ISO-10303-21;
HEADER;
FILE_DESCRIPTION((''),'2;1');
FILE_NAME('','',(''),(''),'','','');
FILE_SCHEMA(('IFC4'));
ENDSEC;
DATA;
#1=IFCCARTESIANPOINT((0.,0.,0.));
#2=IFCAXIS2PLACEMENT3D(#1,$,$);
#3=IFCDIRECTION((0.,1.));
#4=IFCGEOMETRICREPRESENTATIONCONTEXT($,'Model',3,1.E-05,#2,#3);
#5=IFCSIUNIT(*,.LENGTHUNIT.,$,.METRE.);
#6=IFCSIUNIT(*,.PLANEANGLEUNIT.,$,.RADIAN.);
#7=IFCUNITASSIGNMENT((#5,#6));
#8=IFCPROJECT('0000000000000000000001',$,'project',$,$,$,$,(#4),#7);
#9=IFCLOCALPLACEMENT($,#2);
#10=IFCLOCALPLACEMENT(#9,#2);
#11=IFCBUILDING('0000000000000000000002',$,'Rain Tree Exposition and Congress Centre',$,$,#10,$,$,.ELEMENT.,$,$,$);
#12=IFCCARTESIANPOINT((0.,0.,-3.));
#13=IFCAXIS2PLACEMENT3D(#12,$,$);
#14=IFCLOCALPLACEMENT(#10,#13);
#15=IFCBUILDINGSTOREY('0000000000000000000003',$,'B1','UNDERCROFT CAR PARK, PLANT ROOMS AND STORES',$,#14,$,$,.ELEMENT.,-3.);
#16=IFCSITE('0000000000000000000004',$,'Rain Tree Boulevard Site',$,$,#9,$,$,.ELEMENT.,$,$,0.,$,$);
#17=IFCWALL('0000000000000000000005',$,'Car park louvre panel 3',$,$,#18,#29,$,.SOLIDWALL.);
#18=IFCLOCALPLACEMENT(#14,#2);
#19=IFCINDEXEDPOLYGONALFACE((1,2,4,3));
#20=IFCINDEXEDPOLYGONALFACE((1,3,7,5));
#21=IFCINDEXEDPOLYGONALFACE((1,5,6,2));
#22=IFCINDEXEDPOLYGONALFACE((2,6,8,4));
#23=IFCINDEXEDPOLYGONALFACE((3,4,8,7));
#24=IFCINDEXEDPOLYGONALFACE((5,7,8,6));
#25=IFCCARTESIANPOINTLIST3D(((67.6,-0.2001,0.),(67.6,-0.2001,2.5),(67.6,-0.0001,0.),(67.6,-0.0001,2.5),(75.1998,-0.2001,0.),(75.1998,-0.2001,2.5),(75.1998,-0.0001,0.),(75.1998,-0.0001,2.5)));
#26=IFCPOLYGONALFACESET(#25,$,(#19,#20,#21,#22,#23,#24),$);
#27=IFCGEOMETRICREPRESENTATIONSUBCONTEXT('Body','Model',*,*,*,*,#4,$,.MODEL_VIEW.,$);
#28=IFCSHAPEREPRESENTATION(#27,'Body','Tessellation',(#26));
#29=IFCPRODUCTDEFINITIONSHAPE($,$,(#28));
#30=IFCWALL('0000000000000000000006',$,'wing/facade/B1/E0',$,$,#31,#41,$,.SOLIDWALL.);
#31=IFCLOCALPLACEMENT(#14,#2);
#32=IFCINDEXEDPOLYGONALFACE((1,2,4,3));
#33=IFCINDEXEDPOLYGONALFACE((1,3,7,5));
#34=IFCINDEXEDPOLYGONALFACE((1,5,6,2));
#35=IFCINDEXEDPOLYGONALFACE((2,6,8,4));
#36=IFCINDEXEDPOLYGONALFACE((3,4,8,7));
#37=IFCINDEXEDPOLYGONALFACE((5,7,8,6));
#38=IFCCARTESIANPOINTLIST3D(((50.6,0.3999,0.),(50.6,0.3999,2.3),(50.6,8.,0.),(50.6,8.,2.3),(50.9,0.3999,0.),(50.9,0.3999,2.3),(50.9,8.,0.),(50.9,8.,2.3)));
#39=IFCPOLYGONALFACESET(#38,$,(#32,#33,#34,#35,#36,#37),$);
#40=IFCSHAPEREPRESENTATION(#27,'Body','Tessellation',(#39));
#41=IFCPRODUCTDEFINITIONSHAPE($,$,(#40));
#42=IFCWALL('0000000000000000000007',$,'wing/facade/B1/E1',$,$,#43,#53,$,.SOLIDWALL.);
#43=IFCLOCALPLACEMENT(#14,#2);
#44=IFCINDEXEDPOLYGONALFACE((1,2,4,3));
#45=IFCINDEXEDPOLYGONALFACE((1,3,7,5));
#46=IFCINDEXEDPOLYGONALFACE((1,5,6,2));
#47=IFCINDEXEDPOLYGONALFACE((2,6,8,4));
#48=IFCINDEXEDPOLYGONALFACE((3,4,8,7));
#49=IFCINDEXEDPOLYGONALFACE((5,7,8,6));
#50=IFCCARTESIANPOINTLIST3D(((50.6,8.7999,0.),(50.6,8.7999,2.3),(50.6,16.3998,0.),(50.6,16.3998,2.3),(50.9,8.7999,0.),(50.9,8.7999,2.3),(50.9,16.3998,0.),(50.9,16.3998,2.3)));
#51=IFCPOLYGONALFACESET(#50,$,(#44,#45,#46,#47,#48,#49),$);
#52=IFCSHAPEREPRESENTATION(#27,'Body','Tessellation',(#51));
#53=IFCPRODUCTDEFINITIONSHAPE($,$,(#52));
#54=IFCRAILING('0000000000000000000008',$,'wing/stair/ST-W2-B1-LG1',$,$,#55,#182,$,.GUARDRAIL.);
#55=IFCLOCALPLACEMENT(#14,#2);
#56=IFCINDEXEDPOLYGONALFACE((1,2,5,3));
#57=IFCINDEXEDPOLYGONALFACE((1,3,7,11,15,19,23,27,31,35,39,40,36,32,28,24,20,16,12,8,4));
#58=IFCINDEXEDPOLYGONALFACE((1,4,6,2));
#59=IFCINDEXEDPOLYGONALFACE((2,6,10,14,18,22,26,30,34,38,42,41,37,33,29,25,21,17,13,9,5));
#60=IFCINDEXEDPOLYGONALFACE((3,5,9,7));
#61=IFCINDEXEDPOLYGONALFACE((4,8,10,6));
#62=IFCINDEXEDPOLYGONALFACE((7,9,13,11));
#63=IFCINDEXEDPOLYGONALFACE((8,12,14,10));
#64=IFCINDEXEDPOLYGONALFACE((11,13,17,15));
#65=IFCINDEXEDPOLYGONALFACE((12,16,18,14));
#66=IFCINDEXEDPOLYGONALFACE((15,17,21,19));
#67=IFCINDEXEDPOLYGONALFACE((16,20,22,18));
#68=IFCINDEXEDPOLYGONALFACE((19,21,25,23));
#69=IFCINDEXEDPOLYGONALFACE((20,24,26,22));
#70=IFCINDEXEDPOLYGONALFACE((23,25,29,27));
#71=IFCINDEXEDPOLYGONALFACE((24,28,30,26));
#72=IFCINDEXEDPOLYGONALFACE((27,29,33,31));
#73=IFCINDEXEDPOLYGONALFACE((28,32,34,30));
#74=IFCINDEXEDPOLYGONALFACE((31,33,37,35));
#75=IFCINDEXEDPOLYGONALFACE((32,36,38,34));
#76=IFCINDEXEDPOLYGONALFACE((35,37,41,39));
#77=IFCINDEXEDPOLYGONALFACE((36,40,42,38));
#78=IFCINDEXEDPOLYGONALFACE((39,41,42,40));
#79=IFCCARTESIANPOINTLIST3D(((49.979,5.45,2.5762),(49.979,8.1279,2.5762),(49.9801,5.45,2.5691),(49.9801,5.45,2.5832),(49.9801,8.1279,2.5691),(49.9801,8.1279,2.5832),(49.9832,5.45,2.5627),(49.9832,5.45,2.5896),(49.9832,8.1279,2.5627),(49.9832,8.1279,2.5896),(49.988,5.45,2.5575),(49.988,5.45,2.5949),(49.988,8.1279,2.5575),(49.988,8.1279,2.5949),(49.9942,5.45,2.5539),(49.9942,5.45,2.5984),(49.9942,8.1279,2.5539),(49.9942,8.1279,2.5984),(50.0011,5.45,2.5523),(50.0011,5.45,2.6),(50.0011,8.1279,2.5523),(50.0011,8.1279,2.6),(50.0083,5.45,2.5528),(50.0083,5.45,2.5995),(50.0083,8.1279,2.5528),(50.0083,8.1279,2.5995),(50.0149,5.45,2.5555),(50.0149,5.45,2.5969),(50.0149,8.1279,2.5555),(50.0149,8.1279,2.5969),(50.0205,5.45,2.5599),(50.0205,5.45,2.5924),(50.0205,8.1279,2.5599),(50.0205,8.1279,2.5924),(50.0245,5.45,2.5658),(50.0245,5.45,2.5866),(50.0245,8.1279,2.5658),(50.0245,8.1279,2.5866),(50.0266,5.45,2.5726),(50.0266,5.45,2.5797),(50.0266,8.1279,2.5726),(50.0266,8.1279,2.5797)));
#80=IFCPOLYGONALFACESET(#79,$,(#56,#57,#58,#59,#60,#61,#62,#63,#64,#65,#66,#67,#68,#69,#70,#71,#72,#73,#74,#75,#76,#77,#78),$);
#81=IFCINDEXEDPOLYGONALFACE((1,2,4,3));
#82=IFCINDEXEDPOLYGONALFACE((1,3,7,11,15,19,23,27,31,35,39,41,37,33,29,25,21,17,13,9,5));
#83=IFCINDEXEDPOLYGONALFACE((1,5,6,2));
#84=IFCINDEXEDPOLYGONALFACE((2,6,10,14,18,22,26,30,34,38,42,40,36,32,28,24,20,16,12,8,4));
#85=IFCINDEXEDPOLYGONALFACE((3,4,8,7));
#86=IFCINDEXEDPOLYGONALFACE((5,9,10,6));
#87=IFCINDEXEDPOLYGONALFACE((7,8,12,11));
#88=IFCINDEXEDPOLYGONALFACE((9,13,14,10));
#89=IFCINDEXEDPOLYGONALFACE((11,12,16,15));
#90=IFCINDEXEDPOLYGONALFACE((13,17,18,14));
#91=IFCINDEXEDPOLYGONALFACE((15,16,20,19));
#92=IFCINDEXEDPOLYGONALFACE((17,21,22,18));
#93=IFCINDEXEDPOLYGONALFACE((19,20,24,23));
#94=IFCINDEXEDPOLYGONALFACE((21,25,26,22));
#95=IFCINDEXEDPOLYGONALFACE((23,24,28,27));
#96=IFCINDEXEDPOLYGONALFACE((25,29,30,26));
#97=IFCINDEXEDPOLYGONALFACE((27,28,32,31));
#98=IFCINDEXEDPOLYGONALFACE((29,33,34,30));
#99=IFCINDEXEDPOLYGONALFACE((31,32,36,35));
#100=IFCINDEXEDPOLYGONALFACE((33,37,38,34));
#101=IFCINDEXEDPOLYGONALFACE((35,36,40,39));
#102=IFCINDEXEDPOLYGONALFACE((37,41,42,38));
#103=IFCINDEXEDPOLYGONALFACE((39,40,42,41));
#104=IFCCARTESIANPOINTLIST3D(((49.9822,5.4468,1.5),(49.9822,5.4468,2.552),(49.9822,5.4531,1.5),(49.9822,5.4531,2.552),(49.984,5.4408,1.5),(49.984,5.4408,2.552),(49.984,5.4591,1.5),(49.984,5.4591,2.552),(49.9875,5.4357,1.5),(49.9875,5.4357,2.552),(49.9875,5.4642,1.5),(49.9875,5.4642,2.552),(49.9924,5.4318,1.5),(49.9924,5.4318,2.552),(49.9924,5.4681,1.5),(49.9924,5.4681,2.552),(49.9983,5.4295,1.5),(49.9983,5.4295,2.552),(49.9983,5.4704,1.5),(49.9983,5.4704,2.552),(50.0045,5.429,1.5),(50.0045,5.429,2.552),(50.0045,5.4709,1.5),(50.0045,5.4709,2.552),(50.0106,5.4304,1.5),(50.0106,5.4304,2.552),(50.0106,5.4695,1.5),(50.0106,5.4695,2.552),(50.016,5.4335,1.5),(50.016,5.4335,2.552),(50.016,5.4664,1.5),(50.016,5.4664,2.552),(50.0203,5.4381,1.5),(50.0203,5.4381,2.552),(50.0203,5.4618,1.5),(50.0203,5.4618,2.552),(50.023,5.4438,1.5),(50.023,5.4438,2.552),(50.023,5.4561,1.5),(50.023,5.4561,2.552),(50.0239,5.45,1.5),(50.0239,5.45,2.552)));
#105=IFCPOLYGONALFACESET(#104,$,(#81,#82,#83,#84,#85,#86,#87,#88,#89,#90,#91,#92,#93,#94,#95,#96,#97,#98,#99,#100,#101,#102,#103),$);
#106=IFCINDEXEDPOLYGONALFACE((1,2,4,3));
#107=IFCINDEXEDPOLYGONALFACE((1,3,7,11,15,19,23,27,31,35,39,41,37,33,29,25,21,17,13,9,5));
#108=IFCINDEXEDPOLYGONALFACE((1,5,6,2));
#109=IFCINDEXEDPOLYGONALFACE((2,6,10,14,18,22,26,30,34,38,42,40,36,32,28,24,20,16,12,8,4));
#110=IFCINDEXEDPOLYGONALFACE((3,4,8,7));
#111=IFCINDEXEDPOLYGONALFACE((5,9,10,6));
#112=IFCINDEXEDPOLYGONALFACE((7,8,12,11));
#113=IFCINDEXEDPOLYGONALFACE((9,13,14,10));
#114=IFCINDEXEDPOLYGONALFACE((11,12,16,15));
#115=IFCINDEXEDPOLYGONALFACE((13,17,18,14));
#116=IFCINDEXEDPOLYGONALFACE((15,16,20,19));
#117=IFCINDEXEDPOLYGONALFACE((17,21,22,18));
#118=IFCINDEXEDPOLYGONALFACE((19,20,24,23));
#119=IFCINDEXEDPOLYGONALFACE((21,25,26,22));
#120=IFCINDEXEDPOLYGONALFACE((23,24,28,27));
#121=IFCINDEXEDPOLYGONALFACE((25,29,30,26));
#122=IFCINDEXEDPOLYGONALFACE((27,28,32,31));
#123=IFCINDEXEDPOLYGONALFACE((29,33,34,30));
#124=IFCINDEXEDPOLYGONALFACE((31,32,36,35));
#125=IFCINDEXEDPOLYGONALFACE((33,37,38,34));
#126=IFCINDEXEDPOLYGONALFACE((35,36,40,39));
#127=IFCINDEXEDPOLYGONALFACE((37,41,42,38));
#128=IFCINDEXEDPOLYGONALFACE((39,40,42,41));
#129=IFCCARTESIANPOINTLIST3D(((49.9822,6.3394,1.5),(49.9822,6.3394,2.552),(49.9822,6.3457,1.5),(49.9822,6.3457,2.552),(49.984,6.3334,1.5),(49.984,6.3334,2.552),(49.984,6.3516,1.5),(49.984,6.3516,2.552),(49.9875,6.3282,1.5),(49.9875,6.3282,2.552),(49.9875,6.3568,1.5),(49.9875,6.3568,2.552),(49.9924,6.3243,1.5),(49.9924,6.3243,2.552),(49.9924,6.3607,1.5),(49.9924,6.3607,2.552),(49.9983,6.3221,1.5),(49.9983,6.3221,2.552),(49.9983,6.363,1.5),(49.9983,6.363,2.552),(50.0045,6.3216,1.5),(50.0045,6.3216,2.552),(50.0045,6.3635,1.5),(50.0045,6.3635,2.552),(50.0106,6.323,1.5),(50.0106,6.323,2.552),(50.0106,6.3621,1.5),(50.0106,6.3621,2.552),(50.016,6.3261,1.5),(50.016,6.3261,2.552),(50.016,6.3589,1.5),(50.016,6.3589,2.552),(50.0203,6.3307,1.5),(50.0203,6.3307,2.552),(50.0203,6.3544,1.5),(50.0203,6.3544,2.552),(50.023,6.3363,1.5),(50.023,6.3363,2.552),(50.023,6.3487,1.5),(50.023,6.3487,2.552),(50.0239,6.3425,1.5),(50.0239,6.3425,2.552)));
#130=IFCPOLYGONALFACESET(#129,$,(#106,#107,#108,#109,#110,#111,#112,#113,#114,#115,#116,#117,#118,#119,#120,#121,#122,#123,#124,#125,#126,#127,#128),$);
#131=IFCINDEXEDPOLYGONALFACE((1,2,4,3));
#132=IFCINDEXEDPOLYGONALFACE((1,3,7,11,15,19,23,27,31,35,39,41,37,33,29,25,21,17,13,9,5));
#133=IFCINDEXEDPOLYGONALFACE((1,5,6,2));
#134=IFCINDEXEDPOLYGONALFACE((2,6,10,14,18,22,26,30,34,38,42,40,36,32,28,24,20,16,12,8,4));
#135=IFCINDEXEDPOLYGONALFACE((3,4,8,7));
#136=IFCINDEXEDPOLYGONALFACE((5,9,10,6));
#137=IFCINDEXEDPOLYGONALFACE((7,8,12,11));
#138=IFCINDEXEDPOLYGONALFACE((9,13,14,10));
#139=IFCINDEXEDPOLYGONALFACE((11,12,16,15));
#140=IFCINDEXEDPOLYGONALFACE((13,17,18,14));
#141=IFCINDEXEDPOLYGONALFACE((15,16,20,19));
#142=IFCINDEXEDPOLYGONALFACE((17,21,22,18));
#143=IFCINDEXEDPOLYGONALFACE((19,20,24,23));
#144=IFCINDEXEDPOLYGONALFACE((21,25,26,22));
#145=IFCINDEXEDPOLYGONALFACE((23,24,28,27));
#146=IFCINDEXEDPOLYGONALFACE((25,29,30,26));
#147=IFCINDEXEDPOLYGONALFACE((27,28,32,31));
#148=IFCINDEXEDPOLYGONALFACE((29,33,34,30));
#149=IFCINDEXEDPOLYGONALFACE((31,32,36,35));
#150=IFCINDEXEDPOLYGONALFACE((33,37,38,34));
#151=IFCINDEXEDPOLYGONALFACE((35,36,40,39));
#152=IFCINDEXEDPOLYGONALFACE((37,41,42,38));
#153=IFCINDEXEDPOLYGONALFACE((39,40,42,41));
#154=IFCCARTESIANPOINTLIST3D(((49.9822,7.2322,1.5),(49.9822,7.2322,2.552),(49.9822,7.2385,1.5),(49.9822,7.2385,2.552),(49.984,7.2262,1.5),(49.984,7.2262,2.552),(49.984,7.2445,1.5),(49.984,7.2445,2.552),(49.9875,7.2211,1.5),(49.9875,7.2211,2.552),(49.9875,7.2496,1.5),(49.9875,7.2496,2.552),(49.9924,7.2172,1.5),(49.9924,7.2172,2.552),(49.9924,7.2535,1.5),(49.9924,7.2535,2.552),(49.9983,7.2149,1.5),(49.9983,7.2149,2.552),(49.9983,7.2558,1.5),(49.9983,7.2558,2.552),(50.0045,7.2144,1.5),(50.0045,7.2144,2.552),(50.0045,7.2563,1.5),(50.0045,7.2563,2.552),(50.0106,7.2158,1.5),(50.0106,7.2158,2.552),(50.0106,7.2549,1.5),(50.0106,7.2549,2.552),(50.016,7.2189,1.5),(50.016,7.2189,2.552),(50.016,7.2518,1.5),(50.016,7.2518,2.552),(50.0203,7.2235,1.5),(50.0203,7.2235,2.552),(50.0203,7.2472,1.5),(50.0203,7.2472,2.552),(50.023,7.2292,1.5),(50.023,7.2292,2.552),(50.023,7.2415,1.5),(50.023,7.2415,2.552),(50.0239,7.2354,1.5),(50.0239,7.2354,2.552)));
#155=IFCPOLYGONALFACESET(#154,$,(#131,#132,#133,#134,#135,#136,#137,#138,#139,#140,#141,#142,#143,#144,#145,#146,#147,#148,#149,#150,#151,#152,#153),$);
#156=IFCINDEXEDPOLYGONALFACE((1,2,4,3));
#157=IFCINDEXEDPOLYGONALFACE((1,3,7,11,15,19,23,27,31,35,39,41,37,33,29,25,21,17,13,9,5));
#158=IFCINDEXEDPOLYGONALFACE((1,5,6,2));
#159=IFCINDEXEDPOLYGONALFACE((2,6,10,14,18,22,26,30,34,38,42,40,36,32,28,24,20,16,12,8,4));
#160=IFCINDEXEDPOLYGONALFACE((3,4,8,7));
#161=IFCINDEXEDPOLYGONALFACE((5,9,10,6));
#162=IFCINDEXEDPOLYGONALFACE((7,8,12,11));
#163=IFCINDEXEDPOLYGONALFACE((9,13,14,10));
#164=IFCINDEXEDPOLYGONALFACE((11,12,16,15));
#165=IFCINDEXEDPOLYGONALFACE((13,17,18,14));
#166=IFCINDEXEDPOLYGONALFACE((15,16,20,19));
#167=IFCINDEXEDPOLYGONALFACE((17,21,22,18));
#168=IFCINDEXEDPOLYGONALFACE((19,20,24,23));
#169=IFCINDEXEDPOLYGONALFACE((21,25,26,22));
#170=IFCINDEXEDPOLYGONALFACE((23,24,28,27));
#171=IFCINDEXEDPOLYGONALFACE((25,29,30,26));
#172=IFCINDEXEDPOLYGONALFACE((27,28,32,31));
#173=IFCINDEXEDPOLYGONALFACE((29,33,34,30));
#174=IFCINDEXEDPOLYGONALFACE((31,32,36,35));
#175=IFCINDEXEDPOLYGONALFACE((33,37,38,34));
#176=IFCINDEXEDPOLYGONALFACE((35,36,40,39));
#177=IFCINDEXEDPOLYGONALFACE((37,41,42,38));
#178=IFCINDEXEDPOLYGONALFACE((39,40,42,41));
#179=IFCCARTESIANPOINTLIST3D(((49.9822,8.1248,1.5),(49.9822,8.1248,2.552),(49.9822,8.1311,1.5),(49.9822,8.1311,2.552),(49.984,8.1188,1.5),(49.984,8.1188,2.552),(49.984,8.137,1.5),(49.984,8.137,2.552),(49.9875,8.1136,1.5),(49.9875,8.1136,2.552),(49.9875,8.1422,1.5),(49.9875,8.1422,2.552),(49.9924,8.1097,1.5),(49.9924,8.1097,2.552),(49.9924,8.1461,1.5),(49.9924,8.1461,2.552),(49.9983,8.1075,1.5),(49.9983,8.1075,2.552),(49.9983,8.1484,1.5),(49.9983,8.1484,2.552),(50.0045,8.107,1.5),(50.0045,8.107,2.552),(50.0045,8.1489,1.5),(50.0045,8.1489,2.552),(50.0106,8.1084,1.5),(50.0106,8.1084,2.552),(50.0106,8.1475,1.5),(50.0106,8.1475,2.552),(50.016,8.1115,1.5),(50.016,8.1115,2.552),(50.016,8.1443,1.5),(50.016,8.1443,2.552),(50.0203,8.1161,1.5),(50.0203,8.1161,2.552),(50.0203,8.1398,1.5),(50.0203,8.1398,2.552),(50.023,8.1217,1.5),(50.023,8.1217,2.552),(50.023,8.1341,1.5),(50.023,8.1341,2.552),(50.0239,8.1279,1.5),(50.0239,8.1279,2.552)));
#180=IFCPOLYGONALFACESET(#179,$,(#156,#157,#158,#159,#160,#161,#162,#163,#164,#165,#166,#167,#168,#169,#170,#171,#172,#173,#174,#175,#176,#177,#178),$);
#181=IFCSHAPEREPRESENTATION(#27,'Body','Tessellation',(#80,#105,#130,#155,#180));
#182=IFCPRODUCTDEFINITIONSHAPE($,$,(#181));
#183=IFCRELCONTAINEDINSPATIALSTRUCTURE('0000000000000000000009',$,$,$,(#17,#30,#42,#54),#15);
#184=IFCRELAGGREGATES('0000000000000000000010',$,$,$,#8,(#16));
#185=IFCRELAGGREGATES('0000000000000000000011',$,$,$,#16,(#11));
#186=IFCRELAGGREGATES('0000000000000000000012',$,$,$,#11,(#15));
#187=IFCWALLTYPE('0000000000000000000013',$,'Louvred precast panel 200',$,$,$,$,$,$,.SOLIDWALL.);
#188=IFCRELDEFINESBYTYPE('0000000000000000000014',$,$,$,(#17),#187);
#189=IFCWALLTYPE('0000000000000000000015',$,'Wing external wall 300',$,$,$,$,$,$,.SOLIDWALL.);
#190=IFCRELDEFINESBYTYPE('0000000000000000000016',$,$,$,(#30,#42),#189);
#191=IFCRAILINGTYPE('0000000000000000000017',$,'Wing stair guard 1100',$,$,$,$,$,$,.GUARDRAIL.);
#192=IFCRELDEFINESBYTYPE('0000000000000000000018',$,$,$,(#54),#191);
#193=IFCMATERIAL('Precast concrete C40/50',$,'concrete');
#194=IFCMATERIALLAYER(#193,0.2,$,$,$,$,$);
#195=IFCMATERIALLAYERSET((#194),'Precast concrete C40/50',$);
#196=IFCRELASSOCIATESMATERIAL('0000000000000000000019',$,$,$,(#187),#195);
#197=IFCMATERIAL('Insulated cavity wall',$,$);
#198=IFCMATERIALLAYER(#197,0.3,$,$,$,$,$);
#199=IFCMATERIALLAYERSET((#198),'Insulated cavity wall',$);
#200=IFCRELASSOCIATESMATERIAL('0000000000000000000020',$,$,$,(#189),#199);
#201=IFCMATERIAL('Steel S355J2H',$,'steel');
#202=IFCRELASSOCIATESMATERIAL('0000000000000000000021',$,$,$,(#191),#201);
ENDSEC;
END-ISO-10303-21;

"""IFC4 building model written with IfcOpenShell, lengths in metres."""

from ifc_helpers import new_model, si_unit, direction, frame, frame_2d, origin, origin_2d, place, context, subcontext, project, spatial, rectangle, circle, extrude, material, layer, layer_set, type_object, element, save


model = new_model("IFC4")

# Units and contexts
model_context = context("Model", 3, precision=1e-05, world=origin(), true_north=direction((0.0, 1.0)))
body_context = subcontext(model_context, "Body", "Model", "MODEL_VIEW")
ifc_project = project(units=[si_unit("LENGTHUNIT", "METRE"), si_unit("PLANEANGLEUNIT", "RADIAN")], contexts=[model_context])

# Site, building, storey
site_placement = place(None, origin())
site = spatial("IfcSite", under=ifc_project, at=site_placement, Name="Rain Tree Boulevard Site", CompositionType="ELEMENT", RefElevation=0.0)
building_placement = place(site_placement, origin())
building = spatial("IfcBuilding", under=site, at=building_placement, Name="Rain Tree Exposition and Congress Centre", CompositionType="ELEMENT")
storey_placement = place(building_placement, frame((0.0, 0.0, -3.0)))
storey = spatial("IfcBuildingStorey", under=building, at=storey_placement, Name="B1", Description="UNDERCROFT CAR PARK, PLANT ROOMS AND STORES", CompositionType="ELEMENT", Elevation=-3.0)

# Shared definitions
ifc_material_1 = material(Name="Precast concrete C40/50", Category="concrete")
ifc_layer_1 = layer(ifc_material_1, 0.2)
ifc_layer_set_1 = layer_set([ifc_layer_1], Name="Precast concrete C40/50")
wall_type_1 = type_object("IfcWallType", Name="Louvred precast panel 200", PredefinedType="SOLIDWALL", material=ifc_layer_set_1)

# Walls
wall_1_placement = place(storey_placement, frame((67.6001, -0.1001, 0.0), z_axis=(0.0, 0.0, 1.0), x_axis=(1.0, 0.0, 0.0)))
element("IfcWall", 1, at=wall_1_placement, inside=storey, type_object=wall_type_1, Name="Car park louvre panel 3", PredefinedType="SOLIDWALL", context=body_context, shape_type="SweptSolid", body=[
    extrude(rectangle(XDim=7.5999, YDim=0.2, at=frame_2d((3.7998, 0.0))), origin(), (0.0, 0.0, 1.0), 2.5),
])
ifc_material_2 = material(Name="Insulated cavity wall")
ifc_layer_2 = layer(ifc_material_2, 0.3)
ifc_layer_set_2 = layer_set([ifc_layer_2], Name="Insulated cavity wall")
wall_type_2 = type_object("IfcWallType", Name="Wing external wall 300", PredefinedType="SOLIDWALL", material=ifc_layer_set_2)
wall_2_placement = place(storey_placement, frame((50.75, 0.3999, 0.0), z_axis=(0.0, 0.0, 1.0), x_axis=(0.0, 1.0, 0.0)))
element("IfcWall", 2, at=wall_2_placement, inside=storey, type_object=wall_type_2, Name="wing/facade/B1/E0", PredefinedType="SOLIDWALL", context=body_context, shape_type="SweptSolid", body=[
    extrude(rectangle(XDim=7.6001, YDim=0.3, at=frame_2d((3.8, 0.0))), origin(), (0.0, 0.0, 1.0), 2.3),
])
wall_3_placement = place(storey_placement, frame((50.75, 8.8, 0.0), z_axis=(0.0, 0.0, 1.0), x_axis=(0.0, 1.0, 0.0)))
element("IfcWall", 3, at=wall_3_placement, inside=storey, type_object=wall_type_2, Name="wing/facade/B1/E1", PredefinedType="SOLIDWALL", context=body_context, shape_type="SweptSolid", body=[
    extrude(rectangle(XDim=7.5999, YDim=0.3, at=frame_2d((3.7998, 0.0))), origin(), (0.0, 0.0, 1.0), 2.3),
])

# Railing
ifc_material_3 = material(Name="Steel S355J2H", Category="steel")
railing_type_1 = type_object("IfcRailingType", Name="Wing stair guard 1100", PredefinedType="GUARDRAIL", material=ifc_material_3)
railing_1_placement = place(storey_placement, frame((50.0029, 5.45, 1.5)))
element("IfcRailing", 4, at=railing_1_placement, inside=storey, type_object=railing_type_1, Name="wing/stair/ST-W2-B1-LG1", PredefinedType="GUARDRAIL", context=body_context, shape_type="SweptSolid", body=[
    extrude(circle(Radius=0.0239, at=origin_2d()), frame((0.0, 0.0, 1.0762), z_axis=(0.0, 1.0, 0.0), x_axis=(-1.0, 0.0, 0.0)), (0.0, 0.0, 1.0), 2.678),
    extrude(circle(Radius=0.021, at=origin_2d()), origin(), (0.0, 0.0, 1.0), 1.052),
    extrude(circle(Radius=0.021, at=origin_2d()), frame((0.0, 0.8926, 0.0)), (0.0, 0.0, 1.0), 1.052),
    extrude(circle(Radius=0.021, at=origin_2d()), frame((0.0, 1.7854, 0.0)), (0.0, 0.0, 1.0), 1.052),
    extrude(circle(Radius=0.021, at=origin_2d()), frame((0.0, 2.678, 0.0)), (0.0, 0.0, 1.0), 1.052),
])

save(model, "model.ifc")
